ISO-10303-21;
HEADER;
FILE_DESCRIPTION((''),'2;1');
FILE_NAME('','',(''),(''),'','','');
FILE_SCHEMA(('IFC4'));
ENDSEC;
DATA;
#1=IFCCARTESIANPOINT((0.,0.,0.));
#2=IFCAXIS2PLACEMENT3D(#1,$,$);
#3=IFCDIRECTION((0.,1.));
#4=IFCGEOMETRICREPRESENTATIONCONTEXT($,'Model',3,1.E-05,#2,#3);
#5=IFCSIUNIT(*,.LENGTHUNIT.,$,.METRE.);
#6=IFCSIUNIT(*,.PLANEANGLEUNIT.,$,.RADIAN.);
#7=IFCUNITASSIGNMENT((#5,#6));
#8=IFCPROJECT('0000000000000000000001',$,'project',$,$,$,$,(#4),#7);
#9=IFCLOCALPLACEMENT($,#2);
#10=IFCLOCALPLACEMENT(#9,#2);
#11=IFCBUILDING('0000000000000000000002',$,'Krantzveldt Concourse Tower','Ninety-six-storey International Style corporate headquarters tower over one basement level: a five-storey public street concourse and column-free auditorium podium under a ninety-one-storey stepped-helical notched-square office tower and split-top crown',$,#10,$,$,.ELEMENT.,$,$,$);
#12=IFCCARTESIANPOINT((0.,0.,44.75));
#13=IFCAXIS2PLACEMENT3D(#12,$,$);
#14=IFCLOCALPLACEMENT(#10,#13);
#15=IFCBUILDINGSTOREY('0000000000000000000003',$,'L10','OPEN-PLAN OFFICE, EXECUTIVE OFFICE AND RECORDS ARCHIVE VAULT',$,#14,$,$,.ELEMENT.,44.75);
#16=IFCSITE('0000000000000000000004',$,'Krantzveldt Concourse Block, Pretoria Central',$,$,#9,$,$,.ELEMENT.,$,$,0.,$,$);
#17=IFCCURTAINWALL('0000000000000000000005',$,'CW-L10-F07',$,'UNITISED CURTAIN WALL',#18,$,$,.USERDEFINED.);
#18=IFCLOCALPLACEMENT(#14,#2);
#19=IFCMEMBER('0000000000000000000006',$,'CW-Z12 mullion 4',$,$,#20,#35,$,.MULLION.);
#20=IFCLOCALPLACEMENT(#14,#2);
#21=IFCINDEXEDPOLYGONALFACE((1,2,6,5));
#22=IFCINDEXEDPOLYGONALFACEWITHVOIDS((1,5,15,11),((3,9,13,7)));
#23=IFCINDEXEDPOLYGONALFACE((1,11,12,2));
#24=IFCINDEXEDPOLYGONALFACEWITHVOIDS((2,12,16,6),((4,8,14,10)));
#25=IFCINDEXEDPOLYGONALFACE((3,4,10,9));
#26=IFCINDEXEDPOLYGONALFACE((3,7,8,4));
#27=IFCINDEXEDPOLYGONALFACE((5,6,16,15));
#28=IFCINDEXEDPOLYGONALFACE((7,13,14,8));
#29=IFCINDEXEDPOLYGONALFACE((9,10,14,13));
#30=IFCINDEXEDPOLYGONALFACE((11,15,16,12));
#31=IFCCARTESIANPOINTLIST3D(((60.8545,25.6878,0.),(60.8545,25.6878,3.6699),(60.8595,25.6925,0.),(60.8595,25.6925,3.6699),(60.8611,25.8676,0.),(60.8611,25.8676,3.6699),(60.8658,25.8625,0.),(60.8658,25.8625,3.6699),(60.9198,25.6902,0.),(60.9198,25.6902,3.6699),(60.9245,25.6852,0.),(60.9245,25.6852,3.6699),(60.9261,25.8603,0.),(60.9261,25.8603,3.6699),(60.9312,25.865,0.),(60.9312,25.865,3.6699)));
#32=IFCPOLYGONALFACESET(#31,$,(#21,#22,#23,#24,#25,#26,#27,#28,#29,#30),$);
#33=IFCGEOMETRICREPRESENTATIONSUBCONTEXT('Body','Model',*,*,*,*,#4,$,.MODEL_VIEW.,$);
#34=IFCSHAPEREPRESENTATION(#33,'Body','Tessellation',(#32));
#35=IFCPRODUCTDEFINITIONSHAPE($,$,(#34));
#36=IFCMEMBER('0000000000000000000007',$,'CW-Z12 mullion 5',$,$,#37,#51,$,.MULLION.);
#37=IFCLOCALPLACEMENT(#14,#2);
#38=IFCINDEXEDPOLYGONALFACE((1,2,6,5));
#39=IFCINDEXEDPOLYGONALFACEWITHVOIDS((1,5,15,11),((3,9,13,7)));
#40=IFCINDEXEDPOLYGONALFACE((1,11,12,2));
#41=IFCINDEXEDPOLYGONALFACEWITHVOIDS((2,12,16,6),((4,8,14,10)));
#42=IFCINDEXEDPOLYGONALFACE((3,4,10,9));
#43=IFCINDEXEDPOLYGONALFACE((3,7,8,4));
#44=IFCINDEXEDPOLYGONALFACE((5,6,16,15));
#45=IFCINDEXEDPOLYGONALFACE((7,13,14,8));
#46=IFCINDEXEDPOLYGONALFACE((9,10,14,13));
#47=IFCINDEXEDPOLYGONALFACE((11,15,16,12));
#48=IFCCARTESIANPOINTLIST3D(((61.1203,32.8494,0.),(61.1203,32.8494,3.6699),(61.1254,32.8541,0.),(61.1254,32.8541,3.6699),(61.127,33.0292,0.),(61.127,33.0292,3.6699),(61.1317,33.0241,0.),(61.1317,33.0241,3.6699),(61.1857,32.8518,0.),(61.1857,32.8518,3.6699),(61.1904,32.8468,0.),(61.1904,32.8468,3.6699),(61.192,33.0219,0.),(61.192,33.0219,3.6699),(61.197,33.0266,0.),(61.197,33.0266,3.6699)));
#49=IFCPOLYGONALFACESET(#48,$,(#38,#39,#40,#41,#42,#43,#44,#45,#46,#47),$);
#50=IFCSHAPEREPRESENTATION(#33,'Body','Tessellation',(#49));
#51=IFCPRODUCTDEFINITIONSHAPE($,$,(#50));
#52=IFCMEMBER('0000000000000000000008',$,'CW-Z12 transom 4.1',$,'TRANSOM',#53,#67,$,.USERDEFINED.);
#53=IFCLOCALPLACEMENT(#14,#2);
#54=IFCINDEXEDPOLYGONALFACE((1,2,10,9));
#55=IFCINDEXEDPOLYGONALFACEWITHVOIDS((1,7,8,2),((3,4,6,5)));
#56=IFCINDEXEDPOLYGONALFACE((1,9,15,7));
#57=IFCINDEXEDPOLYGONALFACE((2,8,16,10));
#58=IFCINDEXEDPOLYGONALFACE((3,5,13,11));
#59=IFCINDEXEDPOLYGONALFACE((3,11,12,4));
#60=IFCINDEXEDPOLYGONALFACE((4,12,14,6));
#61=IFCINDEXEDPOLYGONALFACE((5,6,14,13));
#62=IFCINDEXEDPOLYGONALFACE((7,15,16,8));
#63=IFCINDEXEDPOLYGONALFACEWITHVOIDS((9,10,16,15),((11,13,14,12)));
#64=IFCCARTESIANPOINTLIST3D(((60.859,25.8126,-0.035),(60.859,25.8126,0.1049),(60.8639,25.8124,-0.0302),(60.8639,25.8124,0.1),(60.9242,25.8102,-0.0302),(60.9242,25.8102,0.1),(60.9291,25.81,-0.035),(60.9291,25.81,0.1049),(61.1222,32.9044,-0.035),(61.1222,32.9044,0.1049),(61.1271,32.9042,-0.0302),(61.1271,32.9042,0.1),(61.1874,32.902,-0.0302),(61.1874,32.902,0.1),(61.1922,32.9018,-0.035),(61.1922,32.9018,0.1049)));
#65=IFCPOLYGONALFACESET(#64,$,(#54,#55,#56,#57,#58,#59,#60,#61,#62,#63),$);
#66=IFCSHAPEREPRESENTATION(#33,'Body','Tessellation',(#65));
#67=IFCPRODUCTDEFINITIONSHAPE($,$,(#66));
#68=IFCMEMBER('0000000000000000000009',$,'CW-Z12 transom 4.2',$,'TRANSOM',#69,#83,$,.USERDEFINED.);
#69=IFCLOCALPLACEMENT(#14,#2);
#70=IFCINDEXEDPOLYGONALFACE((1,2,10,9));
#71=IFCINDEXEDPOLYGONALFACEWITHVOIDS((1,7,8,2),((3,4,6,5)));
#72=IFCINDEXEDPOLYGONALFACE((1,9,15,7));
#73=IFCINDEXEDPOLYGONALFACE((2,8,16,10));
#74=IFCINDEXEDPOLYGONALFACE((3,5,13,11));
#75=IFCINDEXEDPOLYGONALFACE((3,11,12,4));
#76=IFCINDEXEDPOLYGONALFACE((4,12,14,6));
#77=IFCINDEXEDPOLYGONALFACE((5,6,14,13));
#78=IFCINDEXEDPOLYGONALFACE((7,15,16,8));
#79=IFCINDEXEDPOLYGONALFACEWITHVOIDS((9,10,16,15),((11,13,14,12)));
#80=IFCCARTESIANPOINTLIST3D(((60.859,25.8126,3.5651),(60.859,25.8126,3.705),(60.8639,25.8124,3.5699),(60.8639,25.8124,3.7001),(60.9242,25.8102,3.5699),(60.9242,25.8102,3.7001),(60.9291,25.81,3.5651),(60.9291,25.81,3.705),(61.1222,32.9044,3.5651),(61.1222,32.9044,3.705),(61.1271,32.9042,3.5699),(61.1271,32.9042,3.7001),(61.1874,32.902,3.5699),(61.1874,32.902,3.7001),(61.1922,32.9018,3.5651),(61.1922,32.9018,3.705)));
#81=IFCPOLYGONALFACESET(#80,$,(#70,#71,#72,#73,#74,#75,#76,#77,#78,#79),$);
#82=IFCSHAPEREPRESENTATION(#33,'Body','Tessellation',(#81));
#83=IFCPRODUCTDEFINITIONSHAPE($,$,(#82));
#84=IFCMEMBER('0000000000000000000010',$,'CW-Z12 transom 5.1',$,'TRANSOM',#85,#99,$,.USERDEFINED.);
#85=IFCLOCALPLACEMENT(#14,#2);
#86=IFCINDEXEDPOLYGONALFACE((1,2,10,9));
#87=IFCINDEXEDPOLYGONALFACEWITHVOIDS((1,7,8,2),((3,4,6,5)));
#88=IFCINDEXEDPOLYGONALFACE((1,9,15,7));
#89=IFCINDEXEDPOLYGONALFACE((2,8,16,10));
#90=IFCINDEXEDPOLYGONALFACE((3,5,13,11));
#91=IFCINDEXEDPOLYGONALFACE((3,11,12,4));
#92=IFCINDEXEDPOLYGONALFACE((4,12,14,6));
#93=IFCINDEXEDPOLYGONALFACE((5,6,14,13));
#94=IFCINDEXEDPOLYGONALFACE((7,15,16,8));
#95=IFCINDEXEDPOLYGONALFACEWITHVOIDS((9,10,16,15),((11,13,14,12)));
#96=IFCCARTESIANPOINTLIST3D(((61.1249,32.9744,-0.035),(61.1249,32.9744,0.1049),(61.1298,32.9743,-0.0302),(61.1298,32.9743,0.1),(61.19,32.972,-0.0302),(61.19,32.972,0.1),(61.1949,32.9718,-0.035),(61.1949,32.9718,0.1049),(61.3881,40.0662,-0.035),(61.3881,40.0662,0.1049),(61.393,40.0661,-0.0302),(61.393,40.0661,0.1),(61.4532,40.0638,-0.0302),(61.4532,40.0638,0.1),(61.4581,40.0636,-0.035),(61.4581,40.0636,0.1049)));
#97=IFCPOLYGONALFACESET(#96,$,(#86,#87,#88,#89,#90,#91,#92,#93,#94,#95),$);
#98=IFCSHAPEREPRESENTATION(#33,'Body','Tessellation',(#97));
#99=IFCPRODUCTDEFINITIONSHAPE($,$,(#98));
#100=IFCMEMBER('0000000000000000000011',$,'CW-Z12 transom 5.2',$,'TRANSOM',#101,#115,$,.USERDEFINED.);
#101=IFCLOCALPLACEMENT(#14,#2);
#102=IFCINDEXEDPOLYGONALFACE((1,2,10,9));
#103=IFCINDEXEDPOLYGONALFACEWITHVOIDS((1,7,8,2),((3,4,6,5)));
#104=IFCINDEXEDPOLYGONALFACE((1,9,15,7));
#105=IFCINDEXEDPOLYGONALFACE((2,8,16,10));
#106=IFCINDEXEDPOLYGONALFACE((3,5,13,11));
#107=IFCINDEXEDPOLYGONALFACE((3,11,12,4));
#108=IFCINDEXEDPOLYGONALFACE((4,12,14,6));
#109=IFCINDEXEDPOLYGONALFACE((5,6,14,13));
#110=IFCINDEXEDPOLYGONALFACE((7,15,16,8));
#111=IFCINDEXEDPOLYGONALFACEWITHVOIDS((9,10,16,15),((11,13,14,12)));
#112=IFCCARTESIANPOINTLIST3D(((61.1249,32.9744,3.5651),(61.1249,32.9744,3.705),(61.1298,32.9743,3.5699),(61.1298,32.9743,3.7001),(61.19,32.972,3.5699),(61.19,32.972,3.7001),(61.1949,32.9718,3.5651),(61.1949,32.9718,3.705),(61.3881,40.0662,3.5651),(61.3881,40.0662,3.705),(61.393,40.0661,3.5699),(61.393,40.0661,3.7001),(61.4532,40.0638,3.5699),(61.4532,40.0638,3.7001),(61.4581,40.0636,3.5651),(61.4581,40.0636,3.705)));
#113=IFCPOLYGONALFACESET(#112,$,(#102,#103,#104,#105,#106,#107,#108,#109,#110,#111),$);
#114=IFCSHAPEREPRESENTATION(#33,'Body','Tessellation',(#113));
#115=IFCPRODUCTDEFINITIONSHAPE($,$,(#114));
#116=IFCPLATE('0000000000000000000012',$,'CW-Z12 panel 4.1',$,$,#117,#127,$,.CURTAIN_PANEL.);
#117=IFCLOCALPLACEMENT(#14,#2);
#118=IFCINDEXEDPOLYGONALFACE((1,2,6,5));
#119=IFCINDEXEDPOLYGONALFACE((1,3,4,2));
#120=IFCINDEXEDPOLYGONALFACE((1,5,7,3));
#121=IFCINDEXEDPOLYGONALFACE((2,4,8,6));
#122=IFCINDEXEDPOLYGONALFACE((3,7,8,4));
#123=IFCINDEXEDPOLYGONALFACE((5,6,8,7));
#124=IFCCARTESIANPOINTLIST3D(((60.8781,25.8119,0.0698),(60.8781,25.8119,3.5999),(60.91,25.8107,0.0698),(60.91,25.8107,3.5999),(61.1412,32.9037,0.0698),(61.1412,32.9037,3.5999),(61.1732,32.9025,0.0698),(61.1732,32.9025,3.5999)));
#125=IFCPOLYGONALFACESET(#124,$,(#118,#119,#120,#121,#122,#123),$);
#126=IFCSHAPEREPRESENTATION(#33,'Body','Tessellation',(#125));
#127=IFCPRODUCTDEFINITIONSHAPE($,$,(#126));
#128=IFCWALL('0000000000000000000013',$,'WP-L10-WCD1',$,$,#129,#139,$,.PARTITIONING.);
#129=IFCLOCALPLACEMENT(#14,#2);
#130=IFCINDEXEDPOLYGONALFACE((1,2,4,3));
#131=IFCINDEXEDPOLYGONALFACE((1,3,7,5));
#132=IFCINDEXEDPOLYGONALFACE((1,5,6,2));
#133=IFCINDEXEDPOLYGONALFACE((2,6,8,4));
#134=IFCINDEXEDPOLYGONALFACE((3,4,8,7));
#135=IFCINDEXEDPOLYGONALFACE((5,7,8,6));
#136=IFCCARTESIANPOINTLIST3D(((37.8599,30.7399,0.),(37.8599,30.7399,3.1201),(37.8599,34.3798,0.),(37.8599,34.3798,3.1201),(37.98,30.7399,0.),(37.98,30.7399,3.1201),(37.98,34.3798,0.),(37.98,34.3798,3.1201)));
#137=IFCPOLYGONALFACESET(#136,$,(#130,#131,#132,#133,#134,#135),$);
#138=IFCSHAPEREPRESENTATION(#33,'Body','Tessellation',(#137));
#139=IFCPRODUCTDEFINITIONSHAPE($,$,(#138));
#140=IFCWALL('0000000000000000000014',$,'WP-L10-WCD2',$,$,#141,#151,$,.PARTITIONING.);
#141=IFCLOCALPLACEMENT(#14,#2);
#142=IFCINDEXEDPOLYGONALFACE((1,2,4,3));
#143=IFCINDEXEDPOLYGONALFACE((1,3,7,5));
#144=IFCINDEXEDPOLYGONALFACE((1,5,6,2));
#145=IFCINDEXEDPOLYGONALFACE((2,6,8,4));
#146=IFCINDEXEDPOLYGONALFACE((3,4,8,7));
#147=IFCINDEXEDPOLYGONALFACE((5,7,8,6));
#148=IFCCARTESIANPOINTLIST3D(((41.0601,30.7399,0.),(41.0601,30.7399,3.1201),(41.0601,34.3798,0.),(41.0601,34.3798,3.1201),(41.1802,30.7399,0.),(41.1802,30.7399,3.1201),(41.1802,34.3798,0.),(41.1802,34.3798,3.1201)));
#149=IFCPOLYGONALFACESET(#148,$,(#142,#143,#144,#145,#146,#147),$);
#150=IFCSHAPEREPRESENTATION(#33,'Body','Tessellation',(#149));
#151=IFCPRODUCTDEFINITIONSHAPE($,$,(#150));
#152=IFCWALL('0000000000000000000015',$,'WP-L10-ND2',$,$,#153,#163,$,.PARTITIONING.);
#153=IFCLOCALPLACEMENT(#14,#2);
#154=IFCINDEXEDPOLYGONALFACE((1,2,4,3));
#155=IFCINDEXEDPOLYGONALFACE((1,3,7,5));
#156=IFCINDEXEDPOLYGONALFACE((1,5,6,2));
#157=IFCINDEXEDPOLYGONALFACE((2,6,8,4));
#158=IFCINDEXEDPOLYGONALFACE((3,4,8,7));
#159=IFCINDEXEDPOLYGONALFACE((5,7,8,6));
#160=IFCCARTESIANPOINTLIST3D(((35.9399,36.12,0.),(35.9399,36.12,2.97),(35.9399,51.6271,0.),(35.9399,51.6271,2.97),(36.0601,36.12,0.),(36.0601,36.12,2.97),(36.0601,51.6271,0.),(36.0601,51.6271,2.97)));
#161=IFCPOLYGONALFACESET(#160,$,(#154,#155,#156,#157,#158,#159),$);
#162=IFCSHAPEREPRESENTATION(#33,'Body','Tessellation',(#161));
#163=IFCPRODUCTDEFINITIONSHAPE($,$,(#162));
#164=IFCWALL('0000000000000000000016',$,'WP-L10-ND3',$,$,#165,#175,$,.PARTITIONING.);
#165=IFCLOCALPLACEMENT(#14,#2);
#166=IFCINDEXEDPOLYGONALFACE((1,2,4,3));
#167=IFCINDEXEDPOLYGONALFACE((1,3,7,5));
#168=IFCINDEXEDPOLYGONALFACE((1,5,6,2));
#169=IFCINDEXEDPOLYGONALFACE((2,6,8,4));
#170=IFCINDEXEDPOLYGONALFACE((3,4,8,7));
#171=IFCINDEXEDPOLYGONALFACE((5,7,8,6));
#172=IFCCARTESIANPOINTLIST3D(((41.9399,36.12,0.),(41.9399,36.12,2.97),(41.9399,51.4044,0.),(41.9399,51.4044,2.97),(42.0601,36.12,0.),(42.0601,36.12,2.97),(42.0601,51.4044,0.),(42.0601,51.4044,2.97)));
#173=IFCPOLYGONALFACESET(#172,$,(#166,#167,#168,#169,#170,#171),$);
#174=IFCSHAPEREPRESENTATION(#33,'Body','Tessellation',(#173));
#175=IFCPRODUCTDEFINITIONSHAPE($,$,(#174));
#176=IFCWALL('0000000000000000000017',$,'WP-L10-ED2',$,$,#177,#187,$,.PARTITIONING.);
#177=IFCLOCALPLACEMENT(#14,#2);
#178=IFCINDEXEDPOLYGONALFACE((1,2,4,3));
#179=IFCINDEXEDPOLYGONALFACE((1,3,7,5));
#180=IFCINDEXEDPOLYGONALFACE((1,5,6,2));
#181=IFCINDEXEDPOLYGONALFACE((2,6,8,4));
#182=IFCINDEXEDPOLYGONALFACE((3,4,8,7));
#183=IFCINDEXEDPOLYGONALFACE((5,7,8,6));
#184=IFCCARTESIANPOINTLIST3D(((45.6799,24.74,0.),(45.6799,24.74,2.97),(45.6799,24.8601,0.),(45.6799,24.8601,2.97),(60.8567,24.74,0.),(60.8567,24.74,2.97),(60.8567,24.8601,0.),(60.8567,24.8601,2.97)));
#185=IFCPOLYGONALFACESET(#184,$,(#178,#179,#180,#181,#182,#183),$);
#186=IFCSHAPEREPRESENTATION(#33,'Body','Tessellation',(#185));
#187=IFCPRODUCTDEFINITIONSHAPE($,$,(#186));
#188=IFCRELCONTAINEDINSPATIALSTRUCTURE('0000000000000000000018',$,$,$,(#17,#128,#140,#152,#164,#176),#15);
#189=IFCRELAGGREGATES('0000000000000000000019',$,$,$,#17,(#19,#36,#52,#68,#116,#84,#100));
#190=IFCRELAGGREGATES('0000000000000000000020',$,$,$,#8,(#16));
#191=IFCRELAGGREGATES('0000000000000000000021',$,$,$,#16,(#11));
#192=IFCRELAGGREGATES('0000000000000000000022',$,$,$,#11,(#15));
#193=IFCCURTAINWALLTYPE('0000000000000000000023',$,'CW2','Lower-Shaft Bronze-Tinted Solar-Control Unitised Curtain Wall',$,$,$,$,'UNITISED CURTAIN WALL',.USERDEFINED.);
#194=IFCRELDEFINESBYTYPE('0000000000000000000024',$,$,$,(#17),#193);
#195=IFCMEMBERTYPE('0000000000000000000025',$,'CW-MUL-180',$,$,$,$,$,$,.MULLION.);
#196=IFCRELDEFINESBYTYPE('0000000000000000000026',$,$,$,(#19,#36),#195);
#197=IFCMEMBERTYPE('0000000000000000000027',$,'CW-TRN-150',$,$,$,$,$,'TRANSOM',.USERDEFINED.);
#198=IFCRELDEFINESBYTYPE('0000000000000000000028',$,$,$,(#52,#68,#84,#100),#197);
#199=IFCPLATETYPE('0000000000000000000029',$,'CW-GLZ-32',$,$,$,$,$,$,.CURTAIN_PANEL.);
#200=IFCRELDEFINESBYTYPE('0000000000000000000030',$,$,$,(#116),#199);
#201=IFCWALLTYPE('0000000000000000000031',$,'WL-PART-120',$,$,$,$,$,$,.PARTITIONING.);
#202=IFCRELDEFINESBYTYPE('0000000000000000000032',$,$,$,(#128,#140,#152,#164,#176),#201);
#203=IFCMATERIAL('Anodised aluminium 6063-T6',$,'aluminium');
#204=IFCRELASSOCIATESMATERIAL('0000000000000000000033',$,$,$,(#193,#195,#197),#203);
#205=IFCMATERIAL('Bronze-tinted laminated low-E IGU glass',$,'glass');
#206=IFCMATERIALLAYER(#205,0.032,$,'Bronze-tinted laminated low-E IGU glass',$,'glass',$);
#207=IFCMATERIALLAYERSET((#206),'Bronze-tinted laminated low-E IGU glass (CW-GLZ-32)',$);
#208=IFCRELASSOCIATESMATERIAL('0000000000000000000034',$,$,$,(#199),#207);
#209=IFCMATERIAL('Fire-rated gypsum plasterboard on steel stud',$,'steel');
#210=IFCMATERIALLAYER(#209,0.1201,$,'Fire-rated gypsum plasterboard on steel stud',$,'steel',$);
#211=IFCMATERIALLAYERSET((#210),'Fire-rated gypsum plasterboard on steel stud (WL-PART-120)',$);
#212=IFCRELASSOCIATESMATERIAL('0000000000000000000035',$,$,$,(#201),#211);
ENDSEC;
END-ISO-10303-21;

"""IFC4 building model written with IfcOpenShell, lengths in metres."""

from ifc_helpers import new_model, si_unit, direction, frame, frame_2d, origin, origin_2d, place, context, subcontext, project, spatial, rectangle, hollow_rectangle, extrude, source, transform, mapped, material, layer, layer_set, material_profile, profile_set, type_object, type_shapes, element, aggregate, save


model = new_model("IFC4")

# Units and contexts
model_context = context("Model", 3, precision=1e-05, world=origin(), true_north=direction((0.0, 1.0)))
body_context = subcontext(model_context, "Body", "Model", "MODEL_VIEW")
ifc_project = project(units=[si_unit("LENGTHUNIT", "METRE"), si_unit("PLANEANGLEUNIT", "RADIAN")], contexts=[model_context])

# Site, building, storey
site_placement = place(None, origin())
site = spatial("IfcSite", under=ifc_project, at=site_placement, Name="Krantzveldt Concourse Block, Pretoria Central", CompositionType="ELEMENT", RefElevation=0.0)
building_placement = place(site_placement, origin())
building = spatial("IfcBuilding", under=site, at=building_placement, Name="Krantzveldt Concourse Tower", Description="Ninety-six-storey International Style corporate headquarters tower over one basement level: a five-storey public street concourse and column-free auditorium podium under a ninety-one-storey stepped-helical notched-square office tower and split-top crown", CompositionType="ELEMENT")
storey_placement = place(building_placement, frame((0.0, 0.0, 44.75)))
storey = spatial("IfcBuildingStorey", under=building, at=storey_placement, Name="L10", Description="OPEN-PLAN OFFICE, EXECUTIVE OFFICE AND RECORDS ARCHIVE VAULT", CompositionType="ELEMENT", Elevation=44.75)

# Curtain wall, members, plate
ifc_material_1 = material(Name="Anodised aluminium 6063-T6", Category="aluminium")
curtain_wall_type = type_object("IfcCurtainWallType", Name="CW2", Description="Lower-Shaft Bronze-Tinted Solar-Control Unitised Curtain Wall", ElementType="UNITISED CURTAIN WALL", PredefinedType="USERDEFINED", material=ifc_material_1)
curtain_wall_placement = place(storey_placement, origin())
curtain_wall = element("IfcCurtainWall", 1, at=curtain_wall_placement, inside=storey, type_object=curtain_wall_type, Name="CW-L10-F07", ObjectType="UNITISED CURTAIN WALL", PredefinedType="USERDEFINED")
ifc_material_profile_1 = material_profile(ifc_material_1, hollow_rectangle(XDim=0.0701, YDim=0.1799, WallThickness=0.0049, at=origin_2d()), Name="Anodised aluminium 6063-T6", Category="aluminium")
ifc_profile_set_1 = profile_set([ifc_material_profile_1], Name="Anodised aluminium 6063-T6 - ALU-MULL 180x70x5")
member_type_1 = type_object("IfcMemberType", Name="CW-MUL-180", PredefinedType="MULLION", material=ifc_profile_set_1)
shared_shape_1 = source(origin(), body_context, "Body", "SweptSolid", [
    extrude(hollow_rectangle(XDim=0.0701, YDim=0.1799, WallThickness=0.0049, at=origin_2d()), origin(), (0.0, 0.0, 1.0), 3.6699),
])
type_shapes(member_type_1, [shared_shape_1])
member_1_placement = place(storey_placement, frame((60.8928, 25.7764, 0.0), z_axis=(0.0, 0.0, 1.0), x_axis=(-0.999312, 0.03708, 0.0)))
member_1 = element("IfcMember", 2, at=member_1_placement, type_object=member_type_1, Name="CW-Z12 mullion 4", PredefinedType="MULLION", context=body_context, shape_type="MappedRepresentation", body=[
    mapped(shared_shape_1, transform((0.0, 0.0, 0.0), x_axis=(1.0, 0.0, 0.0), y_axis=(0.0, 1.0, 0.0), z_axis=(0.0, 0.0, 1.0), scale=1.0)),
])
member_2_placement = place(storey_placement, frame((61.1587, 32.938, 0.0), z_axis=(0.0, 0.0, 1.0), x_axis=(-0.999312, 0.03708, 0.0)))
member_2 = element("IfcMember", 3, at=member_2_placement, type_object=member_type_1, Name="CW-Z12 mullion 5", PredefinedType="MULLION", context=body_context, shape_type="MappedRepresentation", body=[
    mapped(shared_shape_1, transform((0.0, 0.0, 0.0), x_axis=(1.0, 0.0, 0.0), y_axis=(0.0, 1.0, 0.0), z_axis=(0.0, 0.0, 1.0), scale=1.0)),
])
ifc_material_profile_2 = material_profile(ifc_material_1, hollow_rectangle(XDim=0.0701, YDim=0.1399, WallThickness=0.0049, at=origin_2d()), Name="Anodised aluminium 6063-T6", Category="aluminium")
ifc_profile_set_2 = profile_set([ifc_material_profile_2], Name="Anodised aluminium 6063-T6 - ALU-TRAN 140x70x5")
member_type_2 = type_object("IfcMemberType", Name="CW-TRN-150", ElementType="TRANSOM", PredefinedType="USERDEFINED", material=ifc_profile_set_2)
shared_shape_2 = source(origin(), body_context, "Body", "SweptSolid", [
    extrude(hollow_rectangle(XDim=0.0701, YDim=0.1399, WallThickness=0.0049, at=origin_2d()), origin(), (0.0, 0.0, 1.0), 7.0967),
])
type_shapes(member_type_2, [shared_shape_2])
member_3_placement = place(storey_placement, frame((60.894, 25.8113, 0.0349), z_axis=(0.037085, 0.999312, 0.0), x_axis=(-0.999312, 0.037085, 0.0)))
member_3 = element("IfcMember", 4, at=member_3_placement, type_object=member_type_2, Name="CW-Z12 transom 4.1", ObjectType="TRANSOM", PredefinedType="USERDEFINED", context=body_context, shape_type="MappedRepresentation", body=[
    mapped(shared_shape_2, transform((0.0, 0.0, 0.0), x_axis=(1.0, 0.0, 0.0), y_axis=(0.0, 1.0, 0.0), z_axis=(0.0, 0.0, 1.0), scale=1.0)),
])
member_4_placement = place(storey_placement, frame((60.894, 25.8113, 3.635), z_axis=(0.037085, 0.999312, 0.0), x_axis=(-0.999312, 0.037085, 0.0)))
member_4 = element("IfcMember", 5, at=member_4_placement, type_object=member_type_2, Name="CW-Z12 transom 4.2", ObjectType="TRANSOM", PredefinedType="USERDEFINED", context=body_context, shape_type="MappedRepresentation", body=[
    mapped(shared_shape_2, transform((0.0, 0.0, 0.0), x_axis=(1.0, 0.0, 0.0), y_axis=(0.0, 1.0, 0.0), z_axis=(0.0, 0.0, 1.0), scale=1.0)),
])
member_5_placement = place(storey_placement, frame((61.1599, 32.9731, 0.0349), z_axis=(0.037085, 0.999312, 0.0), x_axis=(-0.999312, 0.037085, 0.0)))
member_5 = element("IfcMember", 6, at=member_5_placement, type_object=member_type_2, Name="CW-Z12 transom 5.1", ObjectType="TRANSOM", PredefinedType="USERDEFINED", context=body_context, shape_type="MappedRepresentation", body=[
    mapped(shared_shape_2, transform((0.0, 0.0, 0.0), x_axis=(1.0, 0.0, 0.0), y_axis=(0.0, 1.0, 0.0), z_axis=(0.0, 0.0, 1.0), scale=1.0)),
])
member_6_placement = place(storey_placement, frame((61.1599, 32.9731, 3.635), z_axis=(0.037085, 0.999312, 0.0), x_axis=(-0.999312, 0.037085, 0.0)))
member_6 = element("IfcMember", 7, at=member_6_placement, type_object=member_type_2, Name="CW-Z12 transom 5.2", ObjectType="TRANSOM", PredefinedType="USERDEFINED", context=body_context, shape_type="MappedRepresentation", body=[
    mapped(shared_shape_2, transform((0.0, 0.0, 0.0), x_axis=(1.0, 0.0, 0.0), y_axis=(0.0, 1.0, 0.0), z_axis=(0.0, 0.0, 1.0), scale=1.0)),
])
ifc_material_2 = material(Name="Bronze-tinted laminated low-E IGU glass", Category="glass")
ifc_layer_1 = layer(ifc_material_2, 0.032, Name="Bronze-tinted laminated low-E IGU glass", Category="glass")
ifc_layer_set_1 = layer_set([ifc_layer_1], Name="Bronze-tinted laminated low-E IGU glass (CW-GLZ-32)")
plate_type = type_object("IfcPlateType", Name="CW-GLZ-32", PredefinedType="CURTAIN_PANEL", material=ifc_layer_set_1)
shared_shape_3 = source(origin(), body_context, "Body", "SweptSolid", [
    extrude(rectangle(XDim=7.0967, YDim=0.032, at=origin_2d()), origin(), (0.0, 0.0, 1.0), 3.53),
])
type_shapes(plate_type, [shared_shape_3])
plate_placement = place(storey_placement, frame((61.0256, 29.3572, 0.0698), z_axis=(0.0, 0.0, 1.0), x_axis=(0.03708, 0.999312, 0.0)))
plate = element("IfcPlate", 8, at=plate_placement, type_object=plate_type, Name="CW-Z12 panel 4.1", PredefinedType="CURTAIN_PANEL", context=body_context, shape_type="MappedRepresentation", body=[
    mapped(shared_shape_3, transform((0.0, 0.0, 0.0), x_axis=(1.0, 0.0, 0.0), y_axis=(0.0, 1.0, 0.0), z_axis=(0.0, 0.0, 1.0), scale=1.0)),
])
aggregate(curtain_wall, [member_1, member_2, member_3, member_4, plate, member_5, member_6])

# Walls
ifc_material_3 = material(Name="Fire-rated gypsum plasterboard on steel stud", Category="steel")
ifc_layer_2 = layer(ifc_material_3, 0.1201, Name="Fire-rated gypsum plasterboard on steel stud", Category="steel")
ifc_layer_set_2 = layer_set([ifc_layer_2], Name="Fire-rated gypsum plasterboard on steel stud (WL-PART-120)")
wall_type_1 = type_object("IfcWallType", Name="WL-PART-120", PredefinedType="PARTITIONING", material=ifc_layer_set_2)
for number, where, z_axis, x_axis, name in (
    (9, (37.9199, 30.74, 0.0), (0.0, 0.0, 1.0), (0.0, 1.0, 0.0), "WP-L10-WCD1"),
    (10, (41.1201, 30.74, 0.0), (0.0, 0.0, 1.0), (0.0, 1.0, 0.0), "WP-L10-WCD2"),
):
    element("IfcWall", number, at=place(storey_placement, frame(where, z_axis=z_axis, x_axis=x_axis)), inside=storey, type_object=wall_type_1, Name=name, PredefinedType="PARTITIONING", context=body_context, shape_type="SweptSolid", body=[
        extrude(rectangle(XDim=3.6399, YDim=0.1201, at=frame_2d((1.8198, 0.0))), origin(), (0.0, 0.0, 1.0), 3.1201),
    ])
wall_1_placement = place(storey_placement, frame((36.0, 36.1201, 0.0), z_axis=(0.0, 0.0, 1.0), x_axis=(0.0, 1.0, 0.0)))
element("IfcWall", 11, at=wall_1_placement, inside=storey, type_object=wall_type_1, Name="WP-L10-ND2", PredefinedType="PARTITIONING", context=body_context, shape_type="SweptSolid", body=[
    extrude(rectangle(XDim=15.5071, YDim=0.1201, at=frame_2d((7.7534, 0.0))), origin(), (0.0, 0.0, 1.0), 2.97),
])
wall_2_placement = place(storey_placement, frame((42.0, 36.1201, 0.0), z_axis=(0.0, 0.0, 1.0), x_axis=(0.0, 1.0, 0.0)))
element("IfcWall", 12, at=wall_2_placement, inside=storey, type_object=wall_type_1, Name="WP-L10-ND3", PredefinedType="PARTITIONING", context=body_context, shape_type="SweptSolid", body=[
    extrude(rectangle(XDim=15.2844, YDim=0.1201, at=frame_2d((7.6421, 0.0))), origin(), (0.0, 0.0, 1.0), 2.97),
])
wall_3_placement = place(storey_placement, frame((45.6799, 24.8, 0.0), z_axis=(0.0, 0.0, 1.0), x_axis=(1.0, 0.0, 0.0)))
element("IfcWall", 13, at=wall_3_placement, inside=storey, type_object=wall_type_1, Name="WP-L10-ED2", PredefinedType="PARTITIONING", context=body_context, shape_type="SweptSolid", body=[
    extrude(rectangle(XDim=15.1768, YDim=0.1201, at=frame_2d((7.5884, 0.0))), origin(), (0.0, 0.0, 1.0), 2.97),
])

save(model, "model.ifc")
